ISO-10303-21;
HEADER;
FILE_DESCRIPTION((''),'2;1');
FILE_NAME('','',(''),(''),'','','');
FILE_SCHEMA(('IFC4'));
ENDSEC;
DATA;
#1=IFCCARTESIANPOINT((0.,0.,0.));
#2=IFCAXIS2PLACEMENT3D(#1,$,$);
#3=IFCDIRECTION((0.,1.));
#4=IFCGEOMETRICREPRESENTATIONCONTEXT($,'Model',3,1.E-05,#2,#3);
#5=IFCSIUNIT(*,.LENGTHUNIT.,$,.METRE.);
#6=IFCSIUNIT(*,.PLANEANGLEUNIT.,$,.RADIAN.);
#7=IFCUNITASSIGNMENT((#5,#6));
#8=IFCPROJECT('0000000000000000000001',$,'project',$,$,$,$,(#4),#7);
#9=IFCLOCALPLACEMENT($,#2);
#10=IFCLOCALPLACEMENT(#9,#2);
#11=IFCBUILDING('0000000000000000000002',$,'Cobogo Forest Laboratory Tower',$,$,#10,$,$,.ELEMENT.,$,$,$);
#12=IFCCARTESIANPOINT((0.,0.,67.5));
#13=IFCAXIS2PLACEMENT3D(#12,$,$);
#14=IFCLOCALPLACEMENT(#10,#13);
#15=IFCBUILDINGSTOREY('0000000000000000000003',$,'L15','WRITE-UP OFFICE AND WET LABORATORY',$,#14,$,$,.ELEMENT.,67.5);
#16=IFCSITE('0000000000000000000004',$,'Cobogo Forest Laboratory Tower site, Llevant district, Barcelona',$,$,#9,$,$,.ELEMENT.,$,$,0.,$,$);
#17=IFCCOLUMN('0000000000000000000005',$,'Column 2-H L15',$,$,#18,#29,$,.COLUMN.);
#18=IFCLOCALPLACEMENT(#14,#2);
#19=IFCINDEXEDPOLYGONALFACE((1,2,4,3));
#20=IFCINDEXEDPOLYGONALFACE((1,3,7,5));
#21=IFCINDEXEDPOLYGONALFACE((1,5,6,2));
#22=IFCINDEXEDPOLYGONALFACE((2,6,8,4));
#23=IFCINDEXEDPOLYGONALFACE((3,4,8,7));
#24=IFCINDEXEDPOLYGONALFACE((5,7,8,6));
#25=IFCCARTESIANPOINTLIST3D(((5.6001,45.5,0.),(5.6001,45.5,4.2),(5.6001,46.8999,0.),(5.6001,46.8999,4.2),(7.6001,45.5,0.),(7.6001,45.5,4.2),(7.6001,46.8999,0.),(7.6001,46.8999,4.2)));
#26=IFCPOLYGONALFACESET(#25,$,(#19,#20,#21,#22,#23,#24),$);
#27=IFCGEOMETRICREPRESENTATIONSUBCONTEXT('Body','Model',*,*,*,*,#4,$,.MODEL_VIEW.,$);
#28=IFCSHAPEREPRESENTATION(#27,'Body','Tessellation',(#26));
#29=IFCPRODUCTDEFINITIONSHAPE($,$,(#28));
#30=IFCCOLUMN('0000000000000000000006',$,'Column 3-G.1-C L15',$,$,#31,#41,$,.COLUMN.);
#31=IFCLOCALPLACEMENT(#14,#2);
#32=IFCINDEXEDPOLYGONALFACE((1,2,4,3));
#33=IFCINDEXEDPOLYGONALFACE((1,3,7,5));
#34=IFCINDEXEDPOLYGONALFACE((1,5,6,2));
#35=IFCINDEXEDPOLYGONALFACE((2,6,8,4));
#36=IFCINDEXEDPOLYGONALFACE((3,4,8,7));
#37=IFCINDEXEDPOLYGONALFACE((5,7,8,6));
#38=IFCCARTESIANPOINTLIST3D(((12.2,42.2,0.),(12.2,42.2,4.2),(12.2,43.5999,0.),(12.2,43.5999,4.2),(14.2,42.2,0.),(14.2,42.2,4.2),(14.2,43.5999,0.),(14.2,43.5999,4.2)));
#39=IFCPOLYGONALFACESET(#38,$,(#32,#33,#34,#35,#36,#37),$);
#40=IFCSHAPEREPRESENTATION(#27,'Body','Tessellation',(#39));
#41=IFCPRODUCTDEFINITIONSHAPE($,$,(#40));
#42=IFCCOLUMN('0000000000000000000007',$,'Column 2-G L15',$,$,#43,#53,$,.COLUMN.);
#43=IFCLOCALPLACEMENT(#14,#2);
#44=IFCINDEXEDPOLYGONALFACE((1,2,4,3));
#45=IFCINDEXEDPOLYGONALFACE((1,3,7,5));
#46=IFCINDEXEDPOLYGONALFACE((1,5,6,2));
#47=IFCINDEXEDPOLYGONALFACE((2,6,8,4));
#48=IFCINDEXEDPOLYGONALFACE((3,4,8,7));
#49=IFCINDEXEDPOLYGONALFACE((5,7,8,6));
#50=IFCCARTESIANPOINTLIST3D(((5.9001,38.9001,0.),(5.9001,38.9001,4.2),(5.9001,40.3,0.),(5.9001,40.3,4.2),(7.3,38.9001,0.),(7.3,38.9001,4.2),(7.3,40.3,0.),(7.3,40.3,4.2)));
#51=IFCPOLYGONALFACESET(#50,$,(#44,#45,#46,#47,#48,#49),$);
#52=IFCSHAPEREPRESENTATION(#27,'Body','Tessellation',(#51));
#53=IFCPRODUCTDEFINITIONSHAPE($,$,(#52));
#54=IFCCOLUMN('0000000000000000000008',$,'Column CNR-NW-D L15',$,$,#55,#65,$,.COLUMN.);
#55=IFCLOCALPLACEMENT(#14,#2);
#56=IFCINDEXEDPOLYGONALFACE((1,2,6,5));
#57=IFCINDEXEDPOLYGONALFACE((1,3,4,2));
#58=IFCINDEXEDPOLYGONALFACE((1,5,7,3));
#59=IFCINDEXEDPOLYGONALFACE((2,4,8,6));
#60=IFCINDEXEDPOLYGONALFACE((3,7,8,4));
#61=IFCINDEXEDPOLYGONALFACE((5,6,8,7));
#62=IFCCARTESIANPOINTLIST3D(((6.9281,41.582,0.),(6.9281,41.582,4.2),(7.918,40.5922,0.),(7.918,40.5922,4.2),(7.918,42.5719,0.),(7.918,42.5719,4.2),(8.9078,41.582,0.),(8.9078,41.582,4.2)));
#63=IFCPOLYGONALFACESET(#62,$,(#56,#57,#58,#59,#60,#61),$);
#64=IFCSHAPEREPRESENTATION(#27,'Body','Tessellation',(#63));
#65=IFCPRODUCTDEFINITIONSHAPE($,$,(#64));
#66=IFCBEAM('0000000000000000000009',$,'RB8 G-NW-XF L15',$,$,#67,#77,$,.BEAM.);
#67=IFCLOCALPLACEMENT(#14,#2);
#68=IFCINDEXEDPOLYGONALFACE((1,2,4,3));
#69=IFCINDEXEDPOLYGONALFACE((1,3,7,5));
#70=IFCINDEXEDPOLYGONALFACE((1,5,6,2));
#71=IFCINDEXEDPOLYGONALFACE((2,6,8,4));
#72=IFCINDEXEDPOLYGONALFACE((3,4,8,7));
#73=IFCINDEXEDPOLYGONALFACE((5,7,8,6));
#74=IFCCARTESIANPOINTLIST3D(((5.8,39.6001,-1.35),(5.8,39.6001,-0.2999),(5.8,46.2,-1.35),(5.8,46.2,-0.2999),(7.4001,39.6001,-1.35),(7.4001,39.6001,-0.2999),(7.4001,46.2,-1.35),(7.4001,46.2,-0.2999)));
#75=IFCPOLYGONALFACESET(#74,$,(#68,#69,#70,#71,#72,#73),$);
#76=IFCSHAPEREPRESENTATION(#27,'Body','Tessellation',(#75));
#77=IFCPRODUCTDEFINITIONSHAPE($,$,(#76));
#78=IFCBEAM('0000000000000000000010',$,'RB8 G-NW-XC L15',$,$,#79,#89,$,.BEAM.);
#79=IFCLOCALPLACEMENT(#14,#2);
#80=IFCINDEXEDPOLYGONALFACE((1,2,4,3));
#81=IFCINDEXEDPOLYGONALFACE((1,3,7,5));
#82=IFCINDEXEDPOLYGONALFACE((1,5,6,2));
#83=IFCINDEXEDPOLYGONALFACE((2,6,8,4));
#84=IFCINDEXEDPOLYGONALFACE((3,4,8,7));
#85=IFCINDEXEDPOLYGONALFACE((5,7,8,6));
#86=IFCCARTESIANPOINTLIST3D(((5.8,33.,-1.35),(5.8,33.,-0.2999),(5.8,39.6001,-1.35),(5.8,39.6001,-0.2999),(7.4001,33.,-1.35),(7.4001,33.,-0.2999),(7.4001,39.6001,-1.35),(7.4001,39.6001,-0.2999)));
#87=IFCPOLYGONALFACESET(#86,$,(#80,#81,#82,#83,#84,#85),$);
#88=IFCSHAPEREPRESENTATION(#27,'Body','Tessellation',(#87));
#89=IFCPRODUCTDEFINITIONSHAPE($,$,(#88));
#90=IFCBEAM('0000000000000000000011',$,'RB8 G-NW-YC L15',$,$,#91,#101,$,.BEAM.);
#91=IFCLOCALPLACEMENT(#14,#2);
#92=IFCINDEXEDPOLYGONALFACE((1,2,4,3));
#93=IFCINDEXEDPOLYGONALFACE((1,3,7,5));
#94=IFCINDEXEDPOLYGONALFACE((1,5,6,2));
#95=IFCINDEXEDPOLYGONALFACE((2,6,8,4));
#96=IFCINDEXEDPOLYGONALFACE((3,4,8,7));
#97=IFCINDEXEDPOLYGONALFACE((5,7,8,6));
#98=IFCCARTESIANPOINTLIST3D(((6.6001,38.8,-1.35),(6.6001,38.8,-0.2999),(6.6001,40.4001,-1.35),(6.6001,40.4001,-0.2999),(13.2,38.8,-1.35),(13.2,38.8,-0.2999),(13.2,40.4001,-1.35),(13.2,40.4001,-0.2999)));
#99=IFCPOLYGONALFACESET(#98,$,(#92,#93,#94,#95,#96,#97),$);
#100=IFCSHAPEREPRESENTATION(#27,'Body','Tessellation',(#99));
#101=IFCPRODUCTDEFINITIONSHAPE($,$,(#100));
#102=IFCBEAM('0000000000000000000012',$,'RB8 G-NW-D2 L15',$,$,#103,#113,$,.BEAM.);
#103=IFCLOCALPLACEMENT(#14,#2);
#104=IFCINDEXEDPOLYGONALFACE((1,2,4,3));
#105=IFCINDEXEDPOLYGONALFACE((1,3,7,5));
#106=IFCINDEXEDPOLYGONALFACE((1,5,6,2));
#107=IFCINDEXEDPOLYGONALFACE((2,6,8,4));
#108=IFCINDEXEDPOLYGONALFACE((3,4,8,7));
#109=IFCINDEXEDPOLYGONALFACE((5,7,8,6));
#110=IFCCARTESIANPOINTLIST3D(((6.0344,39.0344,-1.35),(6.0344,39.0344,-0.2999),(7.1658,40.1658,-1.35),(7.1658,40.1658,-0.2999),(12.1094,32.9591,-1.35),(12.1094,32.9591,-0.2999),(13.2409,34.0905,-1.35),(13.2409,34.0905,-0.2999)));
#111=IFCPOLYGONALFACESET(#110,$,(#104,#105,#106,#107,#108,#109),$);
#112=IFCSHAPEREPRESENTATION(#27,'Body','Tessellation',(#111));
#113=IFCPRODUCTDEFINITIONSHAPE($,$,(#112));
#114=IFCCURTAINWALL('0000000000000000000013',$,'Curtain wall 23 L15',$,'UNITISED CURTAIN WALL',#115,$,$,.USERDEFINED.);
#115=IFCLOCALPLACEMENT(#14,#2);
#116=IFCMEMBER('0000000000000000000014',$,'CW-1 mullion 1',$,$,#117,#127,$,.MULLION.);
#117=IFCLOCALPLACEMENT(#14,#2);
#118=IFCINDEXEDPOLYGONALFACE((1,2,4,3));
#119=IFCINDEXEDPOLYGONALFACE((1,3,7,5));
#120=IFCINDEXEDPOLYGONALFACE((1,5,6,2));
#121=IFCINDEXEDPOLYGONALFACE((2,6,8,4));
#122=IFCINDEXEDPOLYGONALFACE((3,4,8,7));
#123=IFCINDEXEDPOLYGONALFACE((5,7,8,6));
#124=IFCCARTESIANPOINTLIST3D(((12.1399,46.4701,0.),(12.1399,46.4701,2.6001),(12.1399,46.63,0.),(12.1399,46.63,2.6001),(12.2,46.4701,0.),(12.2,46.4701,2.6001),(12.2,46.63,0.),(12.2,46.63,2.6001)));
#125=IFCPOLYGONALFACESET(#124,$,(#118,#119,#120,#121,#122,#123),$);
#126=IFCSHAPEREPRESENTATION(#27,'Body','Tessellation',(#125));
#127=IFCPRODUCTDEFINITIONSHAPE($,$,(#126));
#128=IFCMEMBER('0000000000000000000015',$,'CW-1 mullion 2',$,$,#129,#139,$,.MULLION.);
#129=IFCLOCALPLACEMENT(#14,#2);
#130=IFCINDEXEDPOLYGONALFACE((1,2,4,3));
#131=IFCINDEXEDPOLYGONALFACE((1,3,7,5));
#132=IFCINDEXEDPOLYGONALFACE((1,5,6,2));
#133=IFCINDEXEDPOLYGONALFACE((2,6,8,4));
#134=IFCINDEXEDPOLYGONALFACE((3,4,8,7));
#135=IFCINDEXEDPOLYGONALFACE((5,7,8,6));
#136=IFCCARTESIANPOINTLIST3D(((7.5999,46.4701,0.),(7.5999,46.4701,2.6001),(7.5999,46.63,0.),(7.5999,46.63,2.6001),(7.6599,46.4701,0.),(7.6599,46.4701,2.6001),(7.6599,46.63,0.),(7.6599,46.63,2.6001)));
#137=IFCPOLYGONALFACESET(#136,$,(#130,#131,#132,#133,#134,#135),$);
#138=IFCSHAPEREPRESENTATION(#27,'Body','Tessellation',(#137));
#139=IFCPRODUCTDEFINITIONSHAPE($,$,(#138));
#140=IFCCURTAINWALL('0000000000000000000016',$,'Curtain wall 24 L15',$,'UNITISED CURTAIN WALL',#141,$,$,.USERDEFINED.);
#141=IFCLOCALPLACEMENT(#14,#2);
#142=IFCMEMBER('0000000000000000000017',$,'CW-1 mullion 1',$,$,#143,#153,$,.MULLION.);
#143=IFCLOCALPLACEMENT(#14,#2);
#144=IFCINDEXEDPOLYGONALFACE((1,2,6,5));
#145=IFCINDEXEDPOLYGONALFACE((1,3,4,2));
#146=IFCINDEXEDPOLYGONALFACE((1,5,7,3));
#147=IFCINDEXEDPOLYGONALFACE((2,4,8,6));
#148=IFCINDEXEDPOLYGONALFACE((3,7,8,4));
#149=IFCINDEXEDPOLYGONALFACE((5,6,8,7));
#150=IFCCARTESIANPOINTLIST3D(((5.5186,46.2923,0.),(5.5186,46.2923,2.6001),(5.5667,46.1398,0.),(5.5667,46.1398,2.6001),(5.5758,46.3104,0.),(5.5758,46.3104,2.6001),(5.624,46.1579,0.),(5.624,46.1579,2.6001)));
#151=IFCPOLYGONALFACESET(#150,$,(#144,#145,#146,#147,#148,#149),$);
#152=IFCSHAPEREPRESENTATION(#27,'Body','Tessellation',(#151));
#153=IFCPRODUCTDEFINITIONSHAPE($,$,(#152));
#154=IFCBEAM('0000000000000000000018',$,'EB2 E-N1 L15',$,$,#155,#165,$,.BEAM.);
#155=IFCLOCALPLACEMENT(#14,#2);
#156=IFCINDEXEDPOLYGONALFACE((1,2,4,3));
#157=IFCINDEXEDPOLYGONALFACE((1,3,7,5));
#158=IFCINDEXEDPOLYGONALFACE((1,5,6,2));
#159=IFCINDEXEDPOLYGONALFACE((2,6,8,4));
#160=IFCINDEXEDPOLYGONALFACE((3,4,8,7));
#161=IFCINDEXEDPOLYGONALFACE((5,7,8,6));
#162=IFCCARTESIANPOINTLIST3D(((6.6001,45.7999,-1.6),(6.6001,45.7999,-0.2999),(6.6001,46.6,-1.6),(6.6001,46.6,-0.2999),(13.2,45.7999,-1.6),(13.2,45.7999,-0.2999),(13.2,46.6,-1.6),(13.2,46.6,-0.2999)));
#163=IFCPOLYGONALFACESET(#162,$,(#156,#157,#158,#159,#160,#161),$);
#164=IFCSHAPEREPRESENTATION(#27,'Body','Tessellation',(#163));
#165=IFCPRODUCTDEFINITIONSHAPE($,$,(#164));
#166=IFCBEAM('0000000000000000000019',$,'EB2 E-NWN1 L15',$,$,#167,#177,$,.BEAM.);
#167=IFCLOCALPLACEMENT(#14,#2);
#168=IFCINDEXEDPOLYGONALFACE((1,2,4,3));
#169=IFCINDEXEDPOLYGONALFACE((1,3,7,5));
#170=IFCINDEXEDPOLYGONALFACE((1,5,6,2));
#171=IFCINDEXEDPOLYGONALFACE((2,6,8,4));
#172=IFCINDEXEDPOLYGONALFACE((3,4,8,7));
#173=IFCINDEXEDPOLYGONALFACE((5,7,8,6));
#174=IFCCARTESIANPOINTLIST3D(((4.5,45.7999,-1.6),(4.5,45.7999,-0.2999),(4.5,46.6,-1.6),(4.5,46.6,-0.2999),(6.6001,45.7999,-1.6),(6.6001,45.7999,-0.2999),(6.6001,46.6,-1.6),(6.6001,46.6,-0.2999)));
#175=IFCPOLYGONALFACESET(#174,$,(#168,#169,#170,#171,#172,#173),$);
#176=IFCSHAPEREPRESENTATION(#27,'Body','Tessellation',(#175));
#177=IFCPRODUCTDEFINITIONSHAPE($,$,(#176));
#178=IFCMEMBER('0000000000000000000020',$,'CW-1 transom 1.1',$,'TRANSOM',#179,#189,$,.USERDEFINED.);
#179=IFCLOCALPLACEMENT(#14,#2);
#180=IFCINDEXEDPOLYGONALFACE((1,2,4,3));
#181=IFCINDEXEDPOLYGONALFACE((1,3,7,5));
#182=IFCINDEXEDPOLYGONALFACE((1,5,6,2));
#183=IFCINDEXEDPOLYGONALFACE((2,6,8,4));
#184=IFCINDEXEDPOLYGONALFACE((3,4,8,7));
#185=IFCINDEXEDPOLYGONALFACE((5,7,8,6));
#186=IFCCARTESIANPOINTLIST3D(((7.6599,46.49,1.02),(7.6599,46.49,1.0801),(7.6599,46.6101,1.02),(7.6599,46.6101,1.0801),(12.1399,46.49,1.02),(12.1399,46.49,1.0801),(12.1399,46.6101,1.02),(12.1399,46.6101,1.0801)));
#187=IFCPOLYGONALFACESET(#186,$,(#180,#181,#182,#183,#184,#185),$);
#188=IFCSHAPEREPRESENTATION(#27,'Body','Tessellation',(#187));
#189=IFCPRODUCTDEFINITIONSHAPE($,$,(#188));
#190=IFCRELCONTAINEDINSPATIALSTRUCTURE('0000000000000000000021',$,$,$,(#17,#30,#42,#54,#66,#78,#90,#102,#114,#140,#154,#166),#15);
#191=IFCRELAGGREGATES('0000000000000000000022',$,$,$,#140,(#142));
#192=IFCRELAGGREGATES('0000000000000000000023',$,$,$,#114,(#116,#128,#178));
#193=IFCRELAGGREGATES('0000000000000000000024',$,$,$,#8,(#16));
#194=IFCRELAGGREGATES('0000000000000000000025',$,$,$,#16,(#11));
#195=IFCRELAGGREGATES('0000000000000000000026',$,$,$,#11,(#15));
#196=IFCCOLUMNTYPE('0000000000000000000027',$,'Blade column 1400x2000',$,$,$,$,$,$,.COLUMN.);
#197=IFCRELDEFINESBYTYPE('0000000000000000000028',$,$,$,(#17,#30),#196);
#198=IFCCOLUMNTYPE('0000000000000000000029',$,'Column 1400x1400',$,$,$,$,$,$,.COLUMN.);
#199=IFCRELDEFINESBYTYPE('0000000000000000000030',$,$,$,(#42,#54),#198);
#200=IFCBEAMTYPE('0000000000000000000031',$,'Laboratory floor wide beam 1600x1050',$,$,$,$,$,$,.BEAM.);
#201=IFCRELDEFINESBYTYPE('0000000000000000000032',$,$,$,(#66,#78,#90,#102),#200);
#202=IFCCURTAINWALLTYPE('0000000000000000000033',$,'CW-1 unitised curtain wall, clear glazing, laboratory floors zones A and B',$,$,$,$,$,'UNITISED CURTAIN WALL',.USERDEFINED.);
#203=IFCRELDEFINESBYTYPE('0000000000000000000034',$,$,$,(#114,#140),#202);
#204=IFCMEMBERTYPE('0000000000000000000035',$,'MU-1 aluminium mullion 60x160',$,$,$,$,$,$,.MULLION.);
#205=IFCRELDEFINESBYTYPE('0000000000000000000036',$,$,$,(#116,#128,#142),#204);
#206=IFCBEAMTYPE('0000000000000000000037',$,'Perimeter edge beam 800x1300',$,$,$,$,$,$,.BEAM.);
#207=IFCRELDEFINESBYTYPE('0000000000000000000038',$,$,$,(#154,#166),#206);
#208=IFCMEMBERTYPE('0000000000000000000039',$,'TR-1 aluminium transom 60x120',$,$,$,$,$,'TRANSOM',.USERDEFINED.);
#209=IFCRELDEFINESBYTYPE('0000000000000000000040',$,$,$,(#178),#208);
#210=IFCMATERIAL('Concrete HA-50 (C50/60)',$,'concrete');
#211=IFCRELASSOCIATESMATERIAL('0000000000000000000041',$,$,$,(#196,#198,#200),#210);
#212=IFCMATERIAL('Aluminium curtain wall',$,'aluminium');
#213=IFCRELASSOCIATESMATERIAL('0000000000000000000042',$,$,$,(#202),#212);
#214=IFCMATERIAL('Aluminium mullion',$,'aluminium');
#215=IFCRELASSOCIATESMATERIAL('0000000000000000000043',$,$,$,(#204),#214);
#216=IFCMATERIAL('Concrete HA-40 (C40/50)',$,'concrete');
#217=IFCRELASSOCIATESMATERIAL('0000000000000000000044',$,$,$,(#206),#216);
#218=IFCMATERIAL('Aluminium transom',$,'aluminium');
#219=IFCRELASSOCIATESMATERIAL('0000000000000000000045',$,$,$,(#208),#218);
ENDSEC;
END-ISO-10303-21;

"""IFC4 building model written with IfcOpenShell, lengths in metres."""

from ifc_helpers import new_model, si_unit, direction, frame, origin, origin_2d, place, context, subcontext, project, spatial, rectangle, extrude, material, material_profile, profile_set, type_object, element, aggregate, save


model = new_model("IFC4")

# Units and contexts
model_context = context("Model", 3, precision=1e-05, world=origin(), true_north=direction((0.0, 1.0)))
body_context = subcontext(model_context, "Body", "Model", "MODEL_VIEW")
ifc_project = project(units=[si_unit("LENGTHUNIT", "METRE"), si_unit("PLANEANGLEUNIT", "RADIAN")], contexts=[model_context])

# Site, building, storey
site_placement = place(None, origin())
site = spatial("IfcSite", under=ifc_project, at=site_placement, Name="Cobogo Forest Laboratory Tower site, Llevant district, Barcelona", CompositionType="ELEMENT", RefElevation=0.0)
building_placement = place(site_placement, origin())
building = spatial("IfcBuilding", under=site, at=building_placement, Name="Cobogo Forest Laboratory Tower", CompositionType="ELEMENT")
storey_placement = place(building_placement, frame((0.0, 0.0, 67.5)))
storey = spatial("IfcBuildingStorey", under=building, at=storey_placement, Name="L15", Description="WRITE-UP OFFICE AND WET LABORATORY", CompositionType="ELEMENT", Elevation=67.5)

# Columns
ifc_material_1 = material(Name="Concrete HA-50 (C50/60)", Category="concrete")
ifc_material_profile_1 = material_profile(ifc_material_1, rectangle(XDim=2.0, YDim=1.3999, at=origin_2d()), Name="RC 1400x2000")
ifc_profile_set_1 = profile_set([ifc_material_profile_1], Name="Concrete HA-50 (C50/60)")
column_type_1 = type_object("IfcColumnType", Name="Blade column 1400x2000", PredefinedType="COLUMN", material=ifc_profile_set_1)
for number, where, z_axis, x_axis, name in (
    (1, (6.6001, 46.2, 0.0), (0.0, 0.0, 1.0), (1.0, 0.0, 0.0), "Column 2-H L15"),
    (2, (13.2, 42.8999, 0.0), (0.0, 0.0, 1.0), (1.0, 0.0, 0.0), "Column 3-G.1-C L15"),
):
    element("IfcColumn", number, at=place(storey_placement, frame(where, z_axis=z_axis, x_axis=x_axis)), inside=storey, type_object=column_type_1, Name=name, PredefinedType="COLUMN", context=body_context, shape_type="SweptSolid", body=[
        extrude(rectangle(XDim=2.0, YDim=1.3999, at=origin_2d()), origin(), (0.0, 0.0, 1.0), 4.2),
    ])
ifc_material_profile_2 = material_profile(ifc_material_1, rectangle(XDim=1.3999, YDim=1.3999, at=origin_2d()), Name="RC 1400x1400")
ifc_profile_set_2 = profile_set([ifc_material_profile_2], Name="Concrete HA-50 (C50/60)")
column_type_2 = type_object("IfcColumnType", Name="Column 1400x1400", PredefinedType="COLUMN", material=ifc_profile_set_2)
for number, where, z_axis, x_axis, name in (
    (3, (6.6001, 39.6001, 0.0), (0.0, 0.0, 1.0), (1.0, 0.0, 0.0), "Column 2-G L15"),
    (4, (7.918, 41.582, 0.0), (0.0, 0.0, 1.0), (0.707107, 0.707107, 0.0), "Column CNR-NW-D L15"),
):
    element("IfcColumn", number, at=place(storey_placement, frame(where, z_axis=z_axis, x_axis=x_axis)), inside=storey, type_object=column_type_2, Name=name, PredefinedType="COLUMN", context=body_context, shape_type="SweptSolid", body=[
        extrude(rectangle(XDim=1.3999, YDim=1.3999, at=origin_2d()), origin(), (0.0, 0.0, 1.0), 4.2),
    ])

# Beams
ifc_material_profile_3 = material_profile(ifc_material_1, rectangle(XDim=1.6001, YDim=1.05, at=origin_2d()), Name="RC 1600x1050")
ifc_profile_set_3 = profile_set([ifc_material_profile_3], Name="Concrete HA-50 (C50/60)")
beam_type_1 = type_object("IfcBeamType", Name="Laboratory floor wide beam 1600x1050", PredefinedType="BEAM", material=ifc_profile_set_3)
beam_1_placement = place(storey_placement, frame((6.6001, 46.2, -0.825), z_axis=(0.0, -1.0, 0.0), x_axis=(1.0, 0.0, 0.0)))
element("IfcBeam", 5, at=beam_1_placement, inside=storey, type_object=beam_type_1, Name="RB8 G-NW-XF L15", PredefinedType="BEAM", context=body_context, shape_type="SweptSolid", body=[
    extrude(rectangle(XDim=1.6001, YDim=1.05, at=origin_2d()), origin(), (0.0, 0.0, 1.0), 6.5999),
])
beam_2_placement = place(storey_placement, frame((6.6001, 39.6001, -0.825), z_axis=(0.0, -1.0, 0.0), x_axis=(1.0, 0.0, 0.0)))
element("IfcBeam", 6, at=beam_2_placement, inside=storey, type_object=beam_type_1, Name="RB8 G-NW-XC L15", PredefinedType="BEAM", context=body_context, shape_type="SweptSolid", body=[
    extrude(rectangle(XDim=1.6001, YDim=1.05, at=origin_2d()), origin(), (0.0, 0.0, 1.0), 6.6001),
])
beam_3_placement = place(storey_placement, frame((6.6001, 39.6001, -0.825), z_axis=(1.0, 0.0, 0.0), x_axis=(0.0, 1.0, 0.0)))
element("IfcBeam", 7, at=beam_3_placement, inside=storey, type_object=beam_type_1, Name="RB8 G-NW-YC L15", PredefinedType="BEAM", context=body_context, shape_type="SweptSolid", body=[
    extrude(rectangle(XDim=1.6001, YDim=1.05, at=origin_2d()), origin(), (0.0, 0.0, 1.0), 6.5999),
])
beam_4_placement = place(storey_placement, frame((6.6001, 39.6001, -0.825), z_axis=(0.707093, -0.707121, 0.0), x_axis=(0.707121, 0.707093, 0.0)))
element("IfcBeam", 8, at=beam_4_placement, inside=storey, type_object=beam_type_1, Name="RB8 G-NW-D2 L15", PredefinedType="BEAM", context=body_context, shape_type="SweptSolid", body=[
    extrude(rectangle(XDim=1.6001, YDim=1.05, at=origin_2d()), origin(), (0.0, 0.0, 1.0), 8.5916),
])

# Curtain wall, members
ifc_material_2 = material(Name="Aluminium curtain wall", Category="aluminium")
curtain_wall_type = type_object("IfcCurtainWallType", Name="CW-1 unitised curtain wall, clear glazing, laboratory floors zones A and B", ElementType="UNITISED CURTAIN WALL", PredefinedType="USERDEFINED", material=ifc_material_2)
curtain_wall_1_placement = place(storey_placement, origin())
curtain_wall_1 = element("IfcCurtainWall", 9, at=curtain_wall_1_placement, inside=storey, type_object=curtain_wall_type, Name="Curtain wall 23 L15", ObjectType="UNITISED CURTAIN WALL", PredefinedType="USERDEFINED")
ifc_material_3 = material(Name="Aluminium mullion", Category="aluminium")
ifc_material_profile_4 = material_profile(ifc_material_3, rectangle(XDim=0.0601, YDim=0.1599, at=origin_2d()), Name="AL 60x160")
ifc_profile_set_4 = profile_set([ifc_material_profile_4], Name="Aluminium mullion")
member_type_1 = type_object("IfcMemberType", Name="MU-1 aluminium mullion 60x160", PredefinedType="MULLION", material=ifc_profile_set_4)
member_1_placement = place(storey_placement, frame((12.1699, 46.55, 0.0), z_axis=(0.0, 0.0, 1.0), x_axis=(-1.0, 0.0, 0.0)))
member_1 = element("IfcMember", 10, at=member_1_placement, type_object=member_type_1, Name="CW-1 mullion 1", PredefinedType="MULLION", context=body_context, shape_type="SweptSolid", body=[
    extrude(rectangle(XDim=0.0601, YDim=0.1599, at=origin_2d()), origin(), (0.0, 0.0, 1.0), 2.6001),
])
member_2_placement = place(storey_placement, frame((7.6299, 46.55, 0.0), z_axis=(0.0, 0.0, 1.0), x_axis=(-1.0, 0.0, 0.0)))
member_2 = element("IfcMember", 11, at=member_2_placement, type_object=member_type_1, Name="CW-1 mullion 2", PredefinedType="MULLION", context=body_context, shape_type="SweptSolid", body=[
    extrude(rectangle(XDim=0.0601, YDim=0.1599, at=origin_2d()), origin(), (0.0, 0.0, 1.0), 2.6001),
])

# Curtain wall, member
curtain_wall_2_placement = place(storey_placement, origin())
curtain_wall_2 = element("IfcCurtainWall", 12, at=curtain_wall_2_placement, inside=storey, type_object=curtain_wall_type, Name="Curtain wall 24 L15", ObjectType="UNITISED CURTAIN WALL", PredefinedType="USERDEFINED")
member_3_placement = place(storey_placement, frame((5.5713, 46.2251, 0.0), z_axis=(0.0, 0.0, 1.0), x_axis=(-0.953581, -0.301135, 0.0)))
member_3 = element("IfcMember", 13, at=member_3_placement, type_object=member_type_1, Name="CW-1 mullion 1", PredefinedType="MULLION", context=body_context, shape_type="SweptSolid", body=[
    extrude(rectangle(XDim=0.0601, YDim=0.1599, at=origin_2d()), origin(), (0.0, 0.0, 1.0), 2.6001),
])
aggregate(curtain_wall_2, [member_3])

# Beams
ifc_material_4 = material(Name="Concrete HA-40 (C40/50)", Category="concrete")
ifc_material_profile_5 = material_profile(ifc_material_4, rectangle(XDim=0.8, YDim=1.3, at=origin_2d()), Name="RC 800x1300")
ifc_profile_set_5 = profile_set([ifc_material_profile_5], Name="Concrete HA-40 (C40/50)")
beam_type_2 = type_object("IfcBeamType", Name="Perimeter edge beam 800x1300", PredefinedType="BEAM", material=ifc_profile_set_5)
beam_5_placement = place(storey_placement, frame((6.6001, 46.2, -0.95), z_axis=(1.0, 0.0, 0.0), x_axis=(0.0, 1.0, 0.0)))
element("IfcBeam", 14, at=beam_5_placement, inside=storey, type_object=beam_type_2, Name="EB2 E-N1 L15", PredefinedType="BEAM", context=body_context, shape_type="SweptSolid", body=[
    extrude(rectangle(XDim=0.8, YDim=1.3, at=origin_2d()), origin(), (0.0, 0.0, 1.0), 6.5999),
])
beam_6_placement = place(storey_placement, frame((6.6001, 46.2, -0.95), z_axis=(-1.0, 0.0, 0.0), x_axis=(0.0, -1.0, 0.0)))
element("IfcBeam", 15, at=beam_6_placement, inside=storey, type_object=beam_type_2, Name="EB2 E-NWN1 L15", PredefinedType="BEAM", context=body_context, shape_type="SweptSolid", body=[
    extrude(rectangle(XDim=0.8, YDim=1.3, at=origin_2d()), origin(), (0.0, 0.0, 1.0), 2.1001),
])

# Member
ifc_material_5 = material(Name="Aluminium transom", Category="aluminium")
ifc_material_profile_6 = material_profile(ifc_material_5, rectangle(XDim=0.1201, YDim=0.0601, at=origin_2d()), Name="AL 60x120")
ifc_profile_set_6 = profile_set([ifc_material_profile_6], Name="Aluminium transom")
member_type_2 = type_object("IfcMemberType", Name="TR-1 aluminium transom 60x120", ElementType="TRANSOM", PredefinedType="USERDEFINED", material=ifc_profile_set_6)
member_4_placement = place(storey_placement, frame((12.1399, 46.55, 1.05), z_axis=(-1.0, 0.0, 0.0), x_axis=(0.0, -1.0, 0.0)))
member_4 = element("IfcMember", 16, at=member_4_placement, type_object=member_type_2, Name="CW-1 transom 1.1", ObjectType="TRANSOM", PredefinedType="USERDEFINED", context=body_context, shape_type="SweptSolid", body=[
    extrude(rectangle(XDim=0.1201, YDim=0.0601, at=origin_2d()), origin(), (0.0, 0.0, 1.0), 4.48),
])

aggregate(curtain_wall_1, [member_1, member_2, member_4])

save(model, "model.ifc")
